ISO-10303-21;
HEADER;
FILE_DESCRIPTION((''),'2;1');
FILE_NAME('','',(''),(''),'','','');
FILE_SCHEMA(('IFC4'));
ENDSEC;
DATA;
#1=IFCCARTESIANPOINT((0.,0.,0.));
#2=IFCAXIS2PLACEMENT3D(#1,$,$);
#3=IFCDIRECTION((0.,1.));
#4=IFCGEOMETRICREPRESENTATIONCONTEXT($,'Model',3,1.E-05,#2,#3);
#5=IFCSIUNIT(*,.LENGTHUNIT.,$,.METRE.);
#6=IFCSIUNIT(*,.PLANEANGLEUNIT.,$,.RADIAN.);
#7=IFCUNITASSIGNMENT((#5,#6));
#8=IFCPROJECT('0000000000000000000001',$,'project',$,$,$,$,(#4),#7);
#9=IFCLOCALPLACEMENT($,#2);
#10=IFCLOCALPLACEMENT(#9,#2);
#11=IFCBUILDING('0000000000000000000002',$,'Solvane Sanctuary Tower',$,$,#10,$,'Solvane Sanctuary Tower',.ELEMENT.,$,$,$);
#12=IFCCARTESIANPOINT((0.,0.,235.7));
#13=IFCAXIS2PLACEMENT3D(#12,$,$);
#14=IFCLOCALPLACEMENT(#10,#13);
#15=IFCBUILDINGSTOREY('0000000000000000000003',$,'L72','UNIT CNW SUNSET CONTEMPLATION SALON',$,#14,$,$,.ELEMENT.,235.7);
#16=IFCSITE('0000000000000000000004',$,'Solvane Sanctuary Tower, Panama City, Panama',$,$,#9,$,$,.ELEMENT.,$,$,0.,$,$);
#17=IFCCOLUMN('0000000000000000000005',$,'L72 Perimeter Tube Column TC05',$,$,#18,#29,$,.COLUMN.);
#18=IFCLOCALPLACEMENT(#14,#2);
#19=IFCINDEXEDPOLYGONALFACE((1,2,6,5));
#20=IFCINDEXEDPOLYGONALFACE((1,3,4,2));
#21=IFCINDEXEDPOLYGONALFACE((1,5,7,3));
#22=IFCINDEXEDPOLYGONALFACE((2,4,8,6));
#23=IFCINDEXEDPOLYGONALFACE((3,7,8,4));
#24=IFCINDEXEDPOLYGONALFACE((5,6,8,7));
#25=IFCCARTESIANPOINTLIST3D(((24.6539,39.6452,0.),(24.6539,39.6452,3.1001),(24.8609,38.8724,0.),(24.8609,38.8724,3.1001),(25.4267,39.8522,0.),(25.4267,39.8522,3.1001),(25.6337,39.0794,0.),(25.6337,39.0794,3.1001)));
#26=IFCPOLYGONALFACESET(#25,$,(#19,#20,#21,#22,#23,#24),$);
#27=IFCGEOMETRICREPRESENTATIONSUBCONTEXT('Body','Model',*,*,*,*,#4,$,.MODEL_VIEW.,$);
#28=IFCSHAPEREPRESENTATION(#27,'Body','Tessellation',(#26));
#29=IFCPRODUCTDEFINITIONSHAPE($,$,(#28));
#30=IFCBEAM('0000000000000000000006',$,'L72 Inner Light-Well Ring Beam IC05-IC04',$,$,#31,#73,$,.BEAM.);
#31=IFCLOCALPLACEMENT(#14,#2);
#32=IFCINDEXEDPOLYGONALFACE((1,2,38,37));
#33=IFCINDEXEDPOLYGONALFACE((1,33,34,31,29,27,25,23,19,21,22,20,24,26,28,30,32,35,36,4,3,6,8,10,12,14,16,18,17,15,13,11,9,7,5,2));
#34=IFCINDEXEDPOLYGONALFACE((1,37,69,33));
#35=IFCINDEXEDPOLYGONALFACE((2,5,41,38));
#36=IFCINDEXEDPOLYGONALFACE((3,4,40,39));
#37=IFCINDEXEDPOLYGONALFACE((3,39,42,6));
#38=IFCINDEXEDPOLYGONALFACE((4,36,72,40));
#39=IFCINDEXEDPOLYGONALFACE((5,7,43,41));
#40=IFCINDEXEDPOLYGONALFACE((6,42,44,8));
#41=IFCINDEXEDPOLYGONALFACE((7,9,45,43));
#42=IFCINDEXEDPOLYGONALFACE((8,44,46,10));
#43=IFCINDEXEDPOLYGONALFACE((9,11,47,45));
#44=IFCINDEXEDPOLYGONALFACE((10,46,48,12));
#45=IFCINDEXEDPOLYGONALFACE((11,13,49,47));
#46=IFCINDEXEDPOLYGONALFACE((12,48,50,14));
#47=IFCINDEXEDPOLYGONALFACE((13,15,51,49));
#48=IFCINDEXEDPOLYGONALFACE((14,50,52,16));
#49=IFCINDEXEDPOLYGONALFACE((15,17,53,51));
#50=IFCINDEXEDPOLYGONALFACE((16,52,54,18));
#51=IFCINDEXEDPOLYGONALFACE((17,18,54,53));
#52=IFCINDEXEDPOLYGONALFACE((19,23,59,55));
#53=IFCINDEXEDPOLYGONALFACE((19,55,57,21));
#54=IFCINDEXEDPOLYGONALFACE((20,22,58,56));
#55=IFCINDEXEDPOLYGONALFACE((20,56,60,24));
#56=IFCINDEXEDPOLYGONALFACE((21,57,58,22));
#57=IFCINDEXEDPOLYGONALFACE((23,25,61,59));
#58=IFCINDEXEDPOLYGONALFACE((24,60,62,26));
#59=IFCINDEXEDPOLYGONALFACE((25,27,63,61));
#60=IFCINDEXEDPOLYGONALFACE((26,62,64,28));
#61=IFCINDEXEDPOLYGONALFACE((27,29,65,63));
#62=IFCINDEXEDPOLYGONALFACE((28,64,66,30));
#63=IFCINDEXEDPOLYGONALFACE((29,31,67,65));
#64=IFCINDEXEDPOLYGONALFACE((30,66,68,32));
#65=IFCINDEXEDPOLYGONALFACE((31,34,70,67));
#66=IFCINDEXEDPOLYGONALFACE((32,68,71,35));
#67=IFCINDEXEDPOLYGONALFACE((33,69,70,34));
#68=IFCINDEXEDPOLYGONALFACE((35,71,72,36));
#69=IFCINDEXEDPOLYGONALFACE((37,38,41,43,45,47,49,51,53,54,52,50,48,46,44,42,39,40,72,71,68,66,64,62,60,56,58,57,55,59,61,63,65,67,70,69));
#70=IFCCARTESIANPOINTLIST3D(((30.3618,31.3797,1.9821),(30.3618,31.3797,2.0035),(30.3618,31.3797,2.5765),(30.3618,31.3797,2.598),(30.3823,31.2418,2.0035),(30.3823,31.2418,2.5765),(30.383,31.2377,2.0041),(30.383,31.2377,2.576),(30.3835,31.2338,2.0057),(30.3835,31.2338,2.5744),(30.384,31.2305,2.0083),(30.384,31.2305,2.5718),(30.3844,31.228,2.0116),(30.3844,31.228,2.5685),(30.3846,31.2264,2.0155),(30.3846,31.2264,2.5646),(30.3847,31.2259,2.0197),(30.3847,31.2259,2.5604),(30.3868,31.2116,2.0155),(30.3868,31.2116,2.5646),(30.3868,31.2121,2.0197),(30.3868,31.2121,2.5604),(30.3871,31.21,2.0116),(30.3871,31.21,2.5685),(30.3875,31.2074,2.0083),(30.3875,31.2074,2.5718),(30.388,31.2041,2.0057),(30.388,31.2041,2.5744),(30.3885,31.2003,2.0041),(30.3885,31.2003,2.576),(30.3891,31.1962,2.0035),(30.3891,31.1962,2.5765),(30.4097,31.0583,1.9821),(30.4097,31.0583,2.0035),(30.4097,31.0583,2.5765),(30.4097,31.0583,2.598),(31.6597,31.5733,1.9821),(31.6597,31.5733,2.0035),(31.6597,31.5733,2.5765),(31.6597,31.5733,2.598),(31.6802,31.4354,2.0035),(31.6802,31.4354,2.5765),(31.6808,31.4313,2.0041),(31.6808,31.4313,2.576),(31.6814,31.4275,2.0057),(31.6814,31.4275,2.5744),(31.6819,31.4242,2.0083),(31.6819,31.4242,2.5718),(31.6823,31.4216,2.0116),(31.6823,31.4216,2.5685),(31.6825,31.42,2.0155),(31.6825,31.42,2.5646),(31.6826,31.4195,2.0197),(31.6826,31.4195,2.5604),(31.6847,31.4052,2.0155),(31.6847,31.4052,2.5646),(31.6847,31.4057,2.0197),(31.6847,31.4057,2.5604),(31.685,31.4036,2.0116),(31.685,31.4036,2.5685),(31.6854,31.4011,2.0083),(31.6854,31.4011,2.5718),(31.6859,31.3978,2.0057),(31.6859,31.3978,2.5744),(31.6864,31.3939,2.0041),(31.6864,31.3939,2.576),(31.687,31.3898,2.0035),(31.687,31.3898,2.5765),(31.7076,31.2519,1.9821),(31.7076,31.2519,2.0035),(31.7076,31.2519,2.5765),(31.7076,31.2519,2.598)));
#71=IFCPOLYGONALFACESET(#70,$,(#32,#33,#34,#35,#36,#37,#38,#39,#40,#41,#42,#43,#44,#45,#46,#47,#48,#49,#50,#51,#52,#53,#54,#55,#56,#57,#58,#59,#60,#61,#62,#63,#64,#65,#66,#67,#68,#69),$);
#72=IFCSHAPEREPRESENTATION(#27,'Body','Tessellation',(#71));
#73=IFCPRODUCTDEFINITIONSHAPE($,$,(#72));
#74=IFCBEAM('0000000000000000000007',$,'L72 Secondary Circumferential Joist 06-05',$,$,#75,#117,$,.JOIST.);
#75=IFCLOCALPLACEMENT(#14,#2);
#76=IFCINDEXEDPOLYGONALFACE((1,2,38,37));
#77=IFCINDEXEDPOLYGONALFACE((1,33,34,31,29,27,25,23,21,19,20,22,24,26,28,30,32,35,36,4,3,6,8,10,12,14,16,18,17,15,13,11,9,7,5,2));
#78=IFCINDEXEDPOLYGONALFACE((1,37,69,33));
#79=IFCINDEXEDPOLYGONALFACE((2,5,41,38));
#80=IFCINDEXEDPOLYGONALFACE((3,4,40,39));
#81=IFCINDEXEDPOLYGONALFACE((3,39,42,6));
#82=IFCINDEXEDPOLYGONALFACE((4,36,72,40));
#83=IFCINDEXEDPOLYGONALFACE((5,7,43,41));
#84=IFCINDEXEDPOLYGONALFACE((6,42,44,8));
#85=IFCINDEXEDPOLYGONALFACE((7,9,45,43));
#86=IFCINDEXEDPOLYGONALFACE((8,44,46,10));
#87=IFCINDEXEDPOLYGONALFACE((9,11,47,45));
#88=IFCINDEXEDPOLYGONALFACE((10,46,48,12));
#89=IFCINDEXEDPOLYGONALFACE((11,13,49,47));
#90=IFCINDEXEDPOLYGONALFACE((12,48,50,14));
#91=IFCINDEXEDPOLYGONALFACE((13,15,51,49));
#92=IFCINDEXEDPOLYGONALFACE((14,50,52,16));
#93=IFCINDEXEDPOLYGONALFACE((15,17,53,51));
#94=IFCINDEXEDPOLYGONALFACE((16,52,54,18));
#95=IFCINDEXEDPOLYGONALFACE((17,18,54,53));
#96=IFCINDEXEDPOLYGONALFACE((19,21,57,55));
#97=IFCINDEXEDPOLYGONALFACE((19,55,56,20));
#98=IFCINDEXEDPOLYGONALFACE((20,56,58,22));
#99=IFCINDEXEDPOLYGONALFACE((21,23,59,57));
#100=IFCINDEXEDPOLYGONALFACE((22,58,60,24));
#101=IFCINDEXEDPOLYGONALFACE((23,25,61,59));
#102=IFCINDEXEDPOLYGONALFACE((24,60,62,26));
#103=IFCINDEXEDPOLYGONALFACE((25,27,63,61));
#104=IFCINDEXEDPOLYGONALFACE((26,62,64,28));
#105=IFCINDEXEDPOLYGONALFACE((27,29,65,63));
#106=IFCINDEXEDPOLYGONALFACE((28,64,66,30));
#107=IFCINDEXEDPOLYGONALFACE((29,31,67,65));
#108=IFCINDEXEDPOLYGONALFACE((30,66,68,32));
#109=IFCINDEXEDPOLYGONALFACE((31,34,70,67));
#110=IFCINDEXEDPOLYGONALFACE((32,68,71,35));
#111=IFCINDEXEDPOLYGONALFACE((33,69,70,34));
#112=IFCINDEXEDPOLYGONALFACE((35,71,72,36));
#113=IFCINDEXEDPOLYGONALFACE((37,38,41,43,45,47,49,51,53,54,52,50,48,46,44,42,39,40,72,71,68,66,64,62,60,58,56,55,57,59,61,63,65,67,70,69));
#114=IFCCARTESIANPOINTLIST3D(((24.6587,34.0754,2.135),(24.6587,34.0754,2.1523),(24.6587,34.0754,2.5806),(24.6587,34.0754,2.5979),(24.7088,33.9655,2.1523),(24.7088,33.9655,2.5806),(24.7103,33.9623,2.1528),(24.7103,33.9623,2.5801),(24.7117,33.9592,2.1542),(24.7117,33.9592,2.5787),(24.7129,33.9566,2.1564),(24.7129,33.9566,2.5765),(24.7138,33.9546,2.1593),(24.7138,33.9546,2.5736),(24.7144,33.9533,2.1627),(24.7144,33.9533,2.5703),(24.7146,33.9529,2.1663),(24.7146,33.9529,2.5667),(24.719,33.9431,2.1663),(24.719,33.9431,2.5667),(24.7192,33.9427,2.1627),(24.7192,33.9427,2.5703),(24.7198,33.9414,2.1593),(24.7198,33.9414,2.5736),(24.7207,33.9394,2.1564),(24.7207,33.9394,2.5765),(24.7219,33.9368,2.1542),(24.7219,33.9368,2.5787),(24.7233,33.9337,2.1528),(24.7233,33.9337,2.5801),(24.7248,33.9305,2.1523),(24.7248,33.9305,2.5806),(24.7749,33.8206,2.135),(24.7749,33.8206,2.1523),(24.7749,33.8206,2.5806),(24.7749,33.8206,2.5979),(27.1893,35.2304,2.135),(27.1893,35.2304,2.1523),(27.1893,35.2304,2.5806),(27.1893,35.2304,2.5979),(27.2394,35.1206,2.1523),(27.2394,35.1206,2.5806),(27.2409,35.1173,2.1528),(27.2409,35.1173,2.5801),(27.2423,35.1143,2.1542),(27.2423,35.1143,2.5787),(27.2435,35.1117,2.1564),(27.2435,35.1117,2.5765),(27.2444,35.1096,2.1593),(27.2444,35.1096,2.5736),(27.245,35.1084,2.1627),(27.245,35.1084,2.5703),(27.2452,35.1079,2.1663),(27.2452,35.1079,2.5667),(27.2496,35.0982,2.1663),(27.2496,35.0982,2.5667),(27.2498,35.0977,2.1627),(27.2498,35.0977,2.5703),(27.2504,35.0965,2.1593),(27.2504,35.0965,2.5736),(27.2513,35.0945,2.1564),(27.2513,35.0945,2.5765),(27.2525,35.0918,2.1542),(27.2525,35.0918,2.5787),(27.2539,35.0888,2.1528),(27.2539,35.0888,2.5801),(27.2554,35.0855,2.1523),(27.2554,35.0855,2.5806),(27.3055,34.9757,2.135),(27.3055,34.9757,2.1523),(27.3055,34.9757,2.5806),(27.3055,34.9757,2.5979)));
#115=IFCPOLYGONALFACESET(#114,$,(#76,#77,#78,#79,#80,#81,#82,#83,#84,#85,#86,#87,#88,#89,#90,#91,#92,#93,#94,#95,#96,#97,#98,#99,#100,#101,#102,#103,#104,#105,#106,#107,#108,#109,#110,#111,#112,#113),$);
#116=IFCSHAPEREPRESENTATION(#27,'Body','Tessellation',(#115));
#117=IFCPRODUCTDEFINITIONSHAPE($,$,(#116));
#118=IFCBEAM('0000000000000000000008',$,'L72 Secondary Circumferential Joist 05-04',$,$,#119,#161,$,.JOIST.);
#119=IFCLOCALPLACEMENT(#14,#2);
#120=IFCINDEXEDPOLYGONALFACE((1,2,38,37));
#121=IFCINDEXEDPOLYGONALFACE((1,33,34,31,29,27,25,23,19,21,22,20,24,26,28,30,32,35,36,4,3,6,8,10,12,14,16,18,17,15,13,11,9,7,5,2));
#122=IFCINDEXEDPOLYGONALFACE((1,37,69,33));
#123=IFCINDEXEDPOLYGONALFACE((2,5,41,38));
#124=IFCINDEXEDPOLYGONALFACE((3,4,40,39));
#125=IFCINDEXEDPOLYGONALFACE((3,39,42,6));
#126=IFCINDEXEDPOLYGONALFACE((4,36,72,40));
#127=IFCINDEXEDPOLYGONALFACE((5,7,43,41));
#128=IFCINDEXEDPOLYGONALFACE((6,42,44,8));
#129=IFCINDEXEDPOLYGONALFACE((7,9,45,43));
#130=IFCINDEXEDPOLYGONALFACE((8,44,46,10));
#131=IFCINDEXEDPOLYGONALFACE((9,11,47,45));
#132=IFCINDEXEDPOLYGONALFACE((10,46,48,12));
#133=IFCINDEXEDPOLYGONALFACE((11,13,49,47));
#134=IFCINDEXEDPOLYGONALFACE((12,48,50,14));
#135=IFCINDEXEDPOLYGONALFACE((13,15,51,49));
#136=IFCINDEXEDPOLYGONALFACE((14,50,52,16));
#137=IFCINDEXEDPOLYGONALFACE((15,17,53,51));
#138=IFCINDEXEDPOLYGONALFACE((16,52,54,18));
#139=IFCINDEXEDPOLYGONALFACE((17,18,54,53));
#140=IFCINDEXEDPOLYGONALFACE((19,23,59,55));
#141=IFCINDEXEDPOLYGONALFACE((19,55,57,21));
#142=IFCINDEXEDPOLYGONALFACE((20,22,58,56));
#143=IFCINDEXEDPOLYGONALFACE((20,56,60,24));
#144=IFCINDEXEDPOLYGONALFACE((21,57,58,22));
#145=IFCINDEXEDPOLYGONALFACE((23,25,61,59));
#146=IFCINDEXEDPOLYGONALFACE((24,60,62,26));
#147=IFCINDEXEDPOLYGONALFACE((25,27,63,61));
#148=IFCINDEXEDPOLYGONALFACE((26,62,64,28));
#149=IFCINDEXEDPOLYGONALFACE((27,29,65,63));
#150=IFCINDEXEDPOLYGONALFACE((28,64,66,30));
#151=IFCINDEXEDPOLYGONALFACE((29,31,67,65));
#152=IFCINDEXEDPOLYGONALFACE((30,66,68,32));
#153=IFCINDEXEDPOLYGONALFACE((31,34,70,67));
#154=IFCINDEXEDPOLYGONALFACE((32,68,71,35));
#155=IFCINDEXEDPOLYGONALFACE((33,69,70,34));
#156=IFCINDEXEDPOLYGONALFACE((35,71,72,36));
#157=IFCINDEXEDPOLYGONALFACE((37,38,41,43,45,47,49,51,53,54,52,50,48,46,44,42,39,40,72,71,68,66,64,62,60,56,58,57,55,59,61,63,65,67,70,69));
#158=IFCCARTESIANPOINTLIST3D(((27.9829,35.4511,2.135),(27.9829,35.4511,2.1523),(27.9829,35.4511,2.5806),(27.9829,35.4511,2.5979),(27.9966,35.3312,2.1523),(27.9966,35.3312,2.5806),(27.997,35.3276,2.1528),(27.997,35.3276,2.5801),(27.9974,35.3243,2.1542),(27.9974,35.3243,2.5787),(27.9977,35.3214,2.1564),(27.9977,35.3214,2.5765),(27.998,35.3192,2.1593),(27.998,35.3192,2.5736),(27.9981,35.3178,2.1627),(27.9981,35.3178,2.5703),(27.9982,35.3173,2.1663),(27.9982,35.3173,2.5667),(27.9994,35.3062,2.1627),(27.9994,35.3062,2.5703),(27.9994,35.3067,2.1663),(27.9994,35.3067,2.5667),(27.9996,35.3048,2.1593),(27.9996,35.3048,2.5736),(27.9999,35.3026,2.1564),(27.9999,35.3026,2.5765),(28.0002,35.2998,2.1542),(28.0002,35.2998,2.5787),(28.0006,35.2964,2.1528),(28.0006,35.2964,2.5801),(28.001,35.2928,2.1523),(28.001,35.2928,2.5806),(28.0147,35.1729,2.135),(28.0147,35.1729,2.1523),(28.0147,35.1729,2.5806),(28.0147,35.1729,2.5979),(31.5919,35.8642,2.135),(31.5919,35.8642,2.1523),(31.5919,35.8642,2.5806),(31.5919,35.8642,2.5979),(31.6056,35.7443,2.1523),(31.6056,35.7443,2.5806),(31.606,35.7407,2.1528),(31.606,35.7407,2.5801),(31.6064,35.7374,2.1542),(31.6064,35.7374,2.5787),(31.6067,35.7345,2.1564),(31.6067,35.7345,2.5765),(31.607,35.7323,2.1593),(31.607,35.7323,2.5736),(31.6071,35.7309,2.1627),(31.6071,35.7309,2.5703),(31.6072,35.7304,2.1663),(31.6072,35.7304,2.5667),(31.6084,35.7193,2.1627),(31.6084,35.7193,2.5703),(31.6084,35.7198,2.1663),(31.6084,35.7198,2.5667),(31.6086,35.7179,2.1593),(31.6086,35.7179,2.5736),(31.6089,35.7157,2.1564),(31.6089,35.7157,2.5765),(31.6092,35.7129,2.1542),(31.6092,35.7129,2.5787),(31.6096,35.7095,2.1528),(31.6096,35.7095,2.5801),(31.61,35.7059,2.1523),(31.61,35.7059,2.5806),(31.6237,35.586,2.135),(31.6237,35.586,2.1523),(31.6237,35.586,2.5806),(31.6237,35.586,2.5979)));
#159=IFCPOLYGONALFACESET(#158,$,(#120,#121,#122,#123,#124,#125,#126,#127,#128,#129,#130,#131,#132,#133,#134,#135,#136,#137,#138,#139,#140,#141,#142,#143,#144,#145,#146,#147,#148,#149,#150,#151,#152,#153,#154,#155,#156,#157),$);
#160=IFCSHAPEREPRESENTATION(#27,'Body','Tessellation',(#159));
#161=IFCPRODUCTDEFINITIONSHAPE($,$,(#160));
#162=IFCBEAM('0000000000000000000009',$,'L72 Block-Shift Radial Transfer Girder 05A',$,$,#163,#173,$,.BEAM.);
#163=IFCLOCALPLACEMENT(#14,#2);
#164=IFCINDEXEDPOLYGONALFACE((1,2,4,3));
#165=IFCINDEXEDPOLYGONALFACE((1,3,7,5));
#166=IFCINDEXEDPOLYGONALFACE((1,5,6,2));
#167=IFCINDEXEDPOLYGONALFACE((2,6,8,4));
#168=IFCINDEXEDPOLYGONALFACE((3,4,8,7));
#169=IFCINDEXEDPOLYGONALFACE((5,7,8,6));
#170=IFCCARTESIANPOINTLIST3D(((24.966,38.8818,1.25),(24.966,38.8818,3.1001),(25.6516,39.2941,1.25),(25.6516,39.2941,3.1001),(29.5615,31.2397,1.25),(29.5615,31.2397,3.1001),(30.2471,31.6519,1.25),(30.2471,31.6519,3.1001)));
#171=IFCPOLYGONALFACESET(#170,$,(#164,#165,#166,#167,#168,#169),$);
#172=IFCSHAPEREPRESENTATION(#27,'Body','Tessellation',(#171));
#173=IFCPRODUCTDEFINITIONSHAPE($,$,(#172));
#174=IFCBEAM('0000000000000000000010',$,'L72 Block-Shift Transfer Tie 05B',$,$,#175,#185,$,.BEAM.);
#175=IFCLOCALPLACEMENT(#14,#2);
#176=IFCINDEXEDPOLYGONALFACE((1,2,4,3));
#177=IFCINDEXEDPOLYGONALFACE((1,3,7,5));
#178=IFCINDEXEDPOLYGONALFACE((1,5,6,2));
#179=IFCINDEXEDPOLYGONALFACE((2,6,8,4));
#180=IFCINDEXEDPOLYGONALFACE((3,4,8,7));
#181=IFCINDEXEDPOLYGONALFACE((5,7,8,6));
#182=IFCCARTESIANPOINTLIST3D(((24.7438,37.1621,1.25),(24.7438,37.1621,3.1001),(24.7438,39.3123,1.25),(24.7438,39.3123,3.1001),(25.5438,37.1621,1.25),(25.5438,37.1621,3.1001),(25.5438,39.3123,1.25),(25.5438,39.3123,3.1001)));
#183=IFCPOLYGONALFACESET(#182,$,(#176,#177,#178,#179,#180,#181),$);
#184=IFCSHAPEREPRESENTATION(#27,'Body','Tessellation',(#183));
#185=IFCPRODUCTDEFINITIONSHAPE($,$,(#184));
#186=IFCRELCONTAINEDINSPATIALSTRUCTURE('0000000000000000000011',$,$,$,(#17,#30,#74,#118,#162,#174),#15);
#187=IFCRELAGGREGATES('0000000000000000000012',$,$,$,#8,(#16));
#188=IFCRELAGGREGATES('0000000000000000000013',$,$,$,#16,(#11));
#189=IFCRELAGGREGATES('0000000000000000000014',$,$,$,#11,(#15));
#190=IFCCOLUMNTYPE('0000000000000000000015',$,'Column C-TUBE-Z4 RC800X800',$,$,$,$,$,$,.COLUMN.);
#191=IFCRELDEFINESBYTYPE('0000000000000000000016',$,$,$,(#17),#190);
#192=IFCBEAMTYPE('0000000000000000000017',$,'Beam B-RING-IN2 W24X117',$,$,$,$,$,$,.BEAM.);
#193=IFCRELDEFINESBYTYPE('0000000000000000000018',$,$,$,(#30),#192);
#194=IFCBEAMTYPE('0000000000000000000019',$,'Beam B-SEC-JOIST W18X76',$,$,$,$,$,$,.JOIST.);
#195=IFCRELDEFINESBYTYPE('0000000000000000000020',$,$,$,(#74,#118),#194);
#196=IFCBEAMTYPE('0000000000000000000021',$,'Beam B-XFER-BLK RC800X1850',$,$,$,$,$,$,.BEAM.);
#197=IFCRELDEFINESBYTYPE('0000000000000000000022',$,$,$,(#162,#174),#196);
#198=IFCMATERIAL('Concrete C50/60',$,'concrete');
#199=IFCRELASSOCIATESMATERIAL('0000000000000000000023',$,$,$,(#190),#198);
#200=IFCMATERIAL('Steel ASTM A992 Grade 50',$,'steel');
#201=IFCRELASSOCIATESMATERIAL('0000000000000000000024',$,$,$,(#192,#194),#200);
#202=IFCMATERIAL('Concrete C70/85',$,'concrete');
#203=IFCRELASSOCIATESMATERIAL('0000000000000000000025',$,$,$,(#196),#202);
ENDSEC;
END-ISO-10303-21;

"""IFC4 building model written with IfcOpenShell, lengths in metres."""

from ifc_helpers import new_model, si_unit, direction, frame, origin, origin_2d, place, context, subcontext, project, spatial, rectangle, i_section, extrude, material, material_profile, profile_set, type_object, element, save


model = new_model("IFC4")

# Units and contexts
model_context = context("Model", 3, precision=1e-05, world=origin(), true_north=direction((0.0, 1.0)))
body_context = subcontext(model_context, "Body", "Model", "MODEL_VIEW")
ifc_project = project(units=[si_unit("LENGTHUNIT", "METRE"), si_unit("PLANEANGLEUNIT", "RADIAN")], contexts=[model_context])

# Site, building, storey
site_placement = place(None, origin())
site = spatial("IfcSite", under=ifc_project, at=site_placement, Name="Solvane Sanctuary Tower, Panama City, Panama", CompositionType="ELEMENT", RefElevation=0.0)
building_placement = place(site_placement, origin())
building = spatial("IfcBuilding", under=site, at=building_placement, Name="Solvane Sanctuary Tower", LongName="Solvane Sanctuary Tower", CompositionType="ELEMENT")
storey_placement = place(building_placement, frame((0.0, 0.0, 235.7)))
storey = spatial("IfcBuildingStorey", under=building, at=storey_placement, Name="L72", Description="UNIT CNW SUNSET CONTEMPLATION SALON", CompositionType="ELEMENT", Elevation=235.7)

# Column
ifc_material_1 = material(Name="Concrete C50/60", Category="concrete")
ifc_material_profile_1 = material_profile(ifc_material_1, rectangle(XDim=0.8, YDim=0.8, at=origin_2d()), Name="RC800X800")
ifc_profile_set_1 = profile_set([ifc_material_profile_1], Name="Concrete C50/60")
column_type = type_object("IfcColumnType", Name="Column C-TUBE-Z4 RC800X800", PredefinedType="COLUMN", material=ifc_profile_set_1)
column_placement = place(storey_placement, frame((25.1438, 39.3623, 0.0), z_axis=(0.0, 0.0, 1.0), x_axis=(-0.258819, 0.965926, 0.0)))
element("IfcColumn", 1, at=column_placement, inside=storey, type_object=column_type, Name="L72 Perimeter Tube Column TC05", PredefinedType="COLUMN", context=body_context, shape_type="SweptSolid", body=[
    extrude(rectangle(XDim=0.8, YDim=0.8, at=origin_2d()), origin(), (0.0, 0.0, 1.0), 3.1001),
])

# Beams
ifc_material_2 = material(Name="Steel ASTM A992 Grade 50", Category="steel")
ifc_material_profile_2 = material_profile(ifc_material_2, i_section(OverallWidth=0.325, OverallDepth=0.616, WebThickness=0.0139, FlangeThickness=0.0215, FilletRadius=0.0161, at=origin_2d()), Name="W24X117")
ifc_profile_set_2 = profile_set([ifc_material_profile_2], Name="Steel ASTM A992 Grade 50")
beam_type_1 = type_object("IfcBeamType", Name="Beam B-RING-IN2 W24X117", PredefinedType="BEAM", material=ifc_profile_set_2)
beam_1_placement = place(storey_placement, frame((30.3857, 31.219, 2.29), z_axis=(0.989056, 0.14754, 0.0), x_axis=(-0.14754, 0.989056, 0.0)))
element("IfcBeam", 2, at=beam_1_placement, inside=storey, type_object=beam_type_1, Name="L72 Inner Light-Well Ring Beam IC05-IC04", PredefinedType="BEAM", context=body_context, shape_type="SweptSolid", body=[
    extrude(i_section(OverallWidth=0.325, OverallDepth=0.616, WebThickness=0.0139, FlangeThickness=0.0215, FilletRadius=0.0161, at=origin_2d()), origin(), (0.0, 0.0, 1.0), 1.3123),
])
ifc_material_profile_3 = material_profile(ifc_material_2, i_section(OverallWidth=0.28, OverallDepth=0.4629, WebThickness=0.0107, FlangeThickness=0.0173, FilletRadius=0.0139, at=origin_2d()), Name="W18X76")
ifc_profile_set_3 = profile_set([ifc_material_profile_3], Name="Steel ASTM A992 Grade 50")
beam_type_2 = type_object("IfcBeamType", Name="Beam B-SEC-JOIST W18X76", PredefinedType="JOIST", material=ifc_profile_set_3)
beam_2_placement = place(storey_placement, frame((24.7168, 33.948, 2.3665), z_axis=(0.909716, 0.415231, 0.0), x_axis=(-0.415231, 0.909716, 0.0)))
element("IfcBeam", 3, at=beam_2_placement, inside=storey, type_object=beam_type_2, Name="L72 Secondary Circumferential Joist 06-05", PredefinedType="JOIST", context=body_context, shape_type="SweptSolid", body=[
    extrude(i_section(OverallWidth=0.28, OverallDepth=0.4629, WebThickness=0.0107, FlangeThickness=0.0173, FilletRadius=0.0139, at=origin_2d()), origin(), (0.0, 0.0, 1.0), 2.7817),
])
beam_3_placement = place(storey_placement, frame((27.9988, 35.312, 2.3665), z_axis=(0.993513, 0.113721, 0.0), x_axis=(-0.113721, 0.993513, 0.0)))
element("IfcBeam", 4, at=beam_3_placement, inside=storey, type_object=beam_type_2, Name="L72 Secondary Circumferential Joist 05-04", PredefinedType="JOIST", context=body_context, shape_type="SweptSolid", body=[
    extrude(i_section(OverallWidth=0.28, OverallDepth=0.4629, WebThickness=0.0107, FlangeThickness=0.0173, FilletRadius=0.0139, at=origin_2d()), origin(), (0.0, 0.0, 1.0), 3.6326),
])
ifc_material_3 = material(Name="Concrete C70/85", Category="concrete")
ifc_material_profile_4 = material_profile(ifc_material_3, rectangle(XDim=0.8, YDim=1.8501, at=origin_2d()), Name="RC800X1850")
ifc_profile_set_4 = profile_set([ifc_material_profile_4], Name="Concrete C70/85")
beam_type_3 = type_object("IfcBeamType", Name="Beam B-XFER-BLK RC800X1850", PredefinedType="BEAM", material=ifc_profile_set_4)
beam_4_placement = place(storey_placement, frame((29.9043, 31.4458, 2.175), z_axis=(-0.515337, 0.856988, 0.0), x_axis=(-0.856988, -0.515337, 0.0)))
element("IfcBeam", 5, at=beam_4_placement, inside=storey, type_object=beam_type_3, Name="L72 Block-Shift Radial Transfer Girder 05A", PredefinedType="BEAM", context=body_context, shape_type="SweptSolid", body=[
    extrude(rectangle(XDim=0.8, YDim=1.8501, at=origin_2d()), origin(), (0.0, 0.0, 1.0), 8.9175),
])
beam_5_placement = place(storey_placement, frame((25.1438, 39.3123, 2.175), z_axis=(0.0, -1.0, 0.0), x_axis=(1.0, 0.0, 0.0)))
element("IfcBeam", 6, at=beam_5_placement, inside=storey, type_object=beam_type_3, Name="L72 Block-Shift Transfer Tie 05B", PredefinedType="BEAM", context=body_context, shape_type="SweptSolid", body=[
    extrude(rectangle(XDim=0.8, YDim=1.8501, at=origin_2d()), origin(), (0.0, 0.0, 1.0), 2.1501),
])

save(model, "model.ifc")
